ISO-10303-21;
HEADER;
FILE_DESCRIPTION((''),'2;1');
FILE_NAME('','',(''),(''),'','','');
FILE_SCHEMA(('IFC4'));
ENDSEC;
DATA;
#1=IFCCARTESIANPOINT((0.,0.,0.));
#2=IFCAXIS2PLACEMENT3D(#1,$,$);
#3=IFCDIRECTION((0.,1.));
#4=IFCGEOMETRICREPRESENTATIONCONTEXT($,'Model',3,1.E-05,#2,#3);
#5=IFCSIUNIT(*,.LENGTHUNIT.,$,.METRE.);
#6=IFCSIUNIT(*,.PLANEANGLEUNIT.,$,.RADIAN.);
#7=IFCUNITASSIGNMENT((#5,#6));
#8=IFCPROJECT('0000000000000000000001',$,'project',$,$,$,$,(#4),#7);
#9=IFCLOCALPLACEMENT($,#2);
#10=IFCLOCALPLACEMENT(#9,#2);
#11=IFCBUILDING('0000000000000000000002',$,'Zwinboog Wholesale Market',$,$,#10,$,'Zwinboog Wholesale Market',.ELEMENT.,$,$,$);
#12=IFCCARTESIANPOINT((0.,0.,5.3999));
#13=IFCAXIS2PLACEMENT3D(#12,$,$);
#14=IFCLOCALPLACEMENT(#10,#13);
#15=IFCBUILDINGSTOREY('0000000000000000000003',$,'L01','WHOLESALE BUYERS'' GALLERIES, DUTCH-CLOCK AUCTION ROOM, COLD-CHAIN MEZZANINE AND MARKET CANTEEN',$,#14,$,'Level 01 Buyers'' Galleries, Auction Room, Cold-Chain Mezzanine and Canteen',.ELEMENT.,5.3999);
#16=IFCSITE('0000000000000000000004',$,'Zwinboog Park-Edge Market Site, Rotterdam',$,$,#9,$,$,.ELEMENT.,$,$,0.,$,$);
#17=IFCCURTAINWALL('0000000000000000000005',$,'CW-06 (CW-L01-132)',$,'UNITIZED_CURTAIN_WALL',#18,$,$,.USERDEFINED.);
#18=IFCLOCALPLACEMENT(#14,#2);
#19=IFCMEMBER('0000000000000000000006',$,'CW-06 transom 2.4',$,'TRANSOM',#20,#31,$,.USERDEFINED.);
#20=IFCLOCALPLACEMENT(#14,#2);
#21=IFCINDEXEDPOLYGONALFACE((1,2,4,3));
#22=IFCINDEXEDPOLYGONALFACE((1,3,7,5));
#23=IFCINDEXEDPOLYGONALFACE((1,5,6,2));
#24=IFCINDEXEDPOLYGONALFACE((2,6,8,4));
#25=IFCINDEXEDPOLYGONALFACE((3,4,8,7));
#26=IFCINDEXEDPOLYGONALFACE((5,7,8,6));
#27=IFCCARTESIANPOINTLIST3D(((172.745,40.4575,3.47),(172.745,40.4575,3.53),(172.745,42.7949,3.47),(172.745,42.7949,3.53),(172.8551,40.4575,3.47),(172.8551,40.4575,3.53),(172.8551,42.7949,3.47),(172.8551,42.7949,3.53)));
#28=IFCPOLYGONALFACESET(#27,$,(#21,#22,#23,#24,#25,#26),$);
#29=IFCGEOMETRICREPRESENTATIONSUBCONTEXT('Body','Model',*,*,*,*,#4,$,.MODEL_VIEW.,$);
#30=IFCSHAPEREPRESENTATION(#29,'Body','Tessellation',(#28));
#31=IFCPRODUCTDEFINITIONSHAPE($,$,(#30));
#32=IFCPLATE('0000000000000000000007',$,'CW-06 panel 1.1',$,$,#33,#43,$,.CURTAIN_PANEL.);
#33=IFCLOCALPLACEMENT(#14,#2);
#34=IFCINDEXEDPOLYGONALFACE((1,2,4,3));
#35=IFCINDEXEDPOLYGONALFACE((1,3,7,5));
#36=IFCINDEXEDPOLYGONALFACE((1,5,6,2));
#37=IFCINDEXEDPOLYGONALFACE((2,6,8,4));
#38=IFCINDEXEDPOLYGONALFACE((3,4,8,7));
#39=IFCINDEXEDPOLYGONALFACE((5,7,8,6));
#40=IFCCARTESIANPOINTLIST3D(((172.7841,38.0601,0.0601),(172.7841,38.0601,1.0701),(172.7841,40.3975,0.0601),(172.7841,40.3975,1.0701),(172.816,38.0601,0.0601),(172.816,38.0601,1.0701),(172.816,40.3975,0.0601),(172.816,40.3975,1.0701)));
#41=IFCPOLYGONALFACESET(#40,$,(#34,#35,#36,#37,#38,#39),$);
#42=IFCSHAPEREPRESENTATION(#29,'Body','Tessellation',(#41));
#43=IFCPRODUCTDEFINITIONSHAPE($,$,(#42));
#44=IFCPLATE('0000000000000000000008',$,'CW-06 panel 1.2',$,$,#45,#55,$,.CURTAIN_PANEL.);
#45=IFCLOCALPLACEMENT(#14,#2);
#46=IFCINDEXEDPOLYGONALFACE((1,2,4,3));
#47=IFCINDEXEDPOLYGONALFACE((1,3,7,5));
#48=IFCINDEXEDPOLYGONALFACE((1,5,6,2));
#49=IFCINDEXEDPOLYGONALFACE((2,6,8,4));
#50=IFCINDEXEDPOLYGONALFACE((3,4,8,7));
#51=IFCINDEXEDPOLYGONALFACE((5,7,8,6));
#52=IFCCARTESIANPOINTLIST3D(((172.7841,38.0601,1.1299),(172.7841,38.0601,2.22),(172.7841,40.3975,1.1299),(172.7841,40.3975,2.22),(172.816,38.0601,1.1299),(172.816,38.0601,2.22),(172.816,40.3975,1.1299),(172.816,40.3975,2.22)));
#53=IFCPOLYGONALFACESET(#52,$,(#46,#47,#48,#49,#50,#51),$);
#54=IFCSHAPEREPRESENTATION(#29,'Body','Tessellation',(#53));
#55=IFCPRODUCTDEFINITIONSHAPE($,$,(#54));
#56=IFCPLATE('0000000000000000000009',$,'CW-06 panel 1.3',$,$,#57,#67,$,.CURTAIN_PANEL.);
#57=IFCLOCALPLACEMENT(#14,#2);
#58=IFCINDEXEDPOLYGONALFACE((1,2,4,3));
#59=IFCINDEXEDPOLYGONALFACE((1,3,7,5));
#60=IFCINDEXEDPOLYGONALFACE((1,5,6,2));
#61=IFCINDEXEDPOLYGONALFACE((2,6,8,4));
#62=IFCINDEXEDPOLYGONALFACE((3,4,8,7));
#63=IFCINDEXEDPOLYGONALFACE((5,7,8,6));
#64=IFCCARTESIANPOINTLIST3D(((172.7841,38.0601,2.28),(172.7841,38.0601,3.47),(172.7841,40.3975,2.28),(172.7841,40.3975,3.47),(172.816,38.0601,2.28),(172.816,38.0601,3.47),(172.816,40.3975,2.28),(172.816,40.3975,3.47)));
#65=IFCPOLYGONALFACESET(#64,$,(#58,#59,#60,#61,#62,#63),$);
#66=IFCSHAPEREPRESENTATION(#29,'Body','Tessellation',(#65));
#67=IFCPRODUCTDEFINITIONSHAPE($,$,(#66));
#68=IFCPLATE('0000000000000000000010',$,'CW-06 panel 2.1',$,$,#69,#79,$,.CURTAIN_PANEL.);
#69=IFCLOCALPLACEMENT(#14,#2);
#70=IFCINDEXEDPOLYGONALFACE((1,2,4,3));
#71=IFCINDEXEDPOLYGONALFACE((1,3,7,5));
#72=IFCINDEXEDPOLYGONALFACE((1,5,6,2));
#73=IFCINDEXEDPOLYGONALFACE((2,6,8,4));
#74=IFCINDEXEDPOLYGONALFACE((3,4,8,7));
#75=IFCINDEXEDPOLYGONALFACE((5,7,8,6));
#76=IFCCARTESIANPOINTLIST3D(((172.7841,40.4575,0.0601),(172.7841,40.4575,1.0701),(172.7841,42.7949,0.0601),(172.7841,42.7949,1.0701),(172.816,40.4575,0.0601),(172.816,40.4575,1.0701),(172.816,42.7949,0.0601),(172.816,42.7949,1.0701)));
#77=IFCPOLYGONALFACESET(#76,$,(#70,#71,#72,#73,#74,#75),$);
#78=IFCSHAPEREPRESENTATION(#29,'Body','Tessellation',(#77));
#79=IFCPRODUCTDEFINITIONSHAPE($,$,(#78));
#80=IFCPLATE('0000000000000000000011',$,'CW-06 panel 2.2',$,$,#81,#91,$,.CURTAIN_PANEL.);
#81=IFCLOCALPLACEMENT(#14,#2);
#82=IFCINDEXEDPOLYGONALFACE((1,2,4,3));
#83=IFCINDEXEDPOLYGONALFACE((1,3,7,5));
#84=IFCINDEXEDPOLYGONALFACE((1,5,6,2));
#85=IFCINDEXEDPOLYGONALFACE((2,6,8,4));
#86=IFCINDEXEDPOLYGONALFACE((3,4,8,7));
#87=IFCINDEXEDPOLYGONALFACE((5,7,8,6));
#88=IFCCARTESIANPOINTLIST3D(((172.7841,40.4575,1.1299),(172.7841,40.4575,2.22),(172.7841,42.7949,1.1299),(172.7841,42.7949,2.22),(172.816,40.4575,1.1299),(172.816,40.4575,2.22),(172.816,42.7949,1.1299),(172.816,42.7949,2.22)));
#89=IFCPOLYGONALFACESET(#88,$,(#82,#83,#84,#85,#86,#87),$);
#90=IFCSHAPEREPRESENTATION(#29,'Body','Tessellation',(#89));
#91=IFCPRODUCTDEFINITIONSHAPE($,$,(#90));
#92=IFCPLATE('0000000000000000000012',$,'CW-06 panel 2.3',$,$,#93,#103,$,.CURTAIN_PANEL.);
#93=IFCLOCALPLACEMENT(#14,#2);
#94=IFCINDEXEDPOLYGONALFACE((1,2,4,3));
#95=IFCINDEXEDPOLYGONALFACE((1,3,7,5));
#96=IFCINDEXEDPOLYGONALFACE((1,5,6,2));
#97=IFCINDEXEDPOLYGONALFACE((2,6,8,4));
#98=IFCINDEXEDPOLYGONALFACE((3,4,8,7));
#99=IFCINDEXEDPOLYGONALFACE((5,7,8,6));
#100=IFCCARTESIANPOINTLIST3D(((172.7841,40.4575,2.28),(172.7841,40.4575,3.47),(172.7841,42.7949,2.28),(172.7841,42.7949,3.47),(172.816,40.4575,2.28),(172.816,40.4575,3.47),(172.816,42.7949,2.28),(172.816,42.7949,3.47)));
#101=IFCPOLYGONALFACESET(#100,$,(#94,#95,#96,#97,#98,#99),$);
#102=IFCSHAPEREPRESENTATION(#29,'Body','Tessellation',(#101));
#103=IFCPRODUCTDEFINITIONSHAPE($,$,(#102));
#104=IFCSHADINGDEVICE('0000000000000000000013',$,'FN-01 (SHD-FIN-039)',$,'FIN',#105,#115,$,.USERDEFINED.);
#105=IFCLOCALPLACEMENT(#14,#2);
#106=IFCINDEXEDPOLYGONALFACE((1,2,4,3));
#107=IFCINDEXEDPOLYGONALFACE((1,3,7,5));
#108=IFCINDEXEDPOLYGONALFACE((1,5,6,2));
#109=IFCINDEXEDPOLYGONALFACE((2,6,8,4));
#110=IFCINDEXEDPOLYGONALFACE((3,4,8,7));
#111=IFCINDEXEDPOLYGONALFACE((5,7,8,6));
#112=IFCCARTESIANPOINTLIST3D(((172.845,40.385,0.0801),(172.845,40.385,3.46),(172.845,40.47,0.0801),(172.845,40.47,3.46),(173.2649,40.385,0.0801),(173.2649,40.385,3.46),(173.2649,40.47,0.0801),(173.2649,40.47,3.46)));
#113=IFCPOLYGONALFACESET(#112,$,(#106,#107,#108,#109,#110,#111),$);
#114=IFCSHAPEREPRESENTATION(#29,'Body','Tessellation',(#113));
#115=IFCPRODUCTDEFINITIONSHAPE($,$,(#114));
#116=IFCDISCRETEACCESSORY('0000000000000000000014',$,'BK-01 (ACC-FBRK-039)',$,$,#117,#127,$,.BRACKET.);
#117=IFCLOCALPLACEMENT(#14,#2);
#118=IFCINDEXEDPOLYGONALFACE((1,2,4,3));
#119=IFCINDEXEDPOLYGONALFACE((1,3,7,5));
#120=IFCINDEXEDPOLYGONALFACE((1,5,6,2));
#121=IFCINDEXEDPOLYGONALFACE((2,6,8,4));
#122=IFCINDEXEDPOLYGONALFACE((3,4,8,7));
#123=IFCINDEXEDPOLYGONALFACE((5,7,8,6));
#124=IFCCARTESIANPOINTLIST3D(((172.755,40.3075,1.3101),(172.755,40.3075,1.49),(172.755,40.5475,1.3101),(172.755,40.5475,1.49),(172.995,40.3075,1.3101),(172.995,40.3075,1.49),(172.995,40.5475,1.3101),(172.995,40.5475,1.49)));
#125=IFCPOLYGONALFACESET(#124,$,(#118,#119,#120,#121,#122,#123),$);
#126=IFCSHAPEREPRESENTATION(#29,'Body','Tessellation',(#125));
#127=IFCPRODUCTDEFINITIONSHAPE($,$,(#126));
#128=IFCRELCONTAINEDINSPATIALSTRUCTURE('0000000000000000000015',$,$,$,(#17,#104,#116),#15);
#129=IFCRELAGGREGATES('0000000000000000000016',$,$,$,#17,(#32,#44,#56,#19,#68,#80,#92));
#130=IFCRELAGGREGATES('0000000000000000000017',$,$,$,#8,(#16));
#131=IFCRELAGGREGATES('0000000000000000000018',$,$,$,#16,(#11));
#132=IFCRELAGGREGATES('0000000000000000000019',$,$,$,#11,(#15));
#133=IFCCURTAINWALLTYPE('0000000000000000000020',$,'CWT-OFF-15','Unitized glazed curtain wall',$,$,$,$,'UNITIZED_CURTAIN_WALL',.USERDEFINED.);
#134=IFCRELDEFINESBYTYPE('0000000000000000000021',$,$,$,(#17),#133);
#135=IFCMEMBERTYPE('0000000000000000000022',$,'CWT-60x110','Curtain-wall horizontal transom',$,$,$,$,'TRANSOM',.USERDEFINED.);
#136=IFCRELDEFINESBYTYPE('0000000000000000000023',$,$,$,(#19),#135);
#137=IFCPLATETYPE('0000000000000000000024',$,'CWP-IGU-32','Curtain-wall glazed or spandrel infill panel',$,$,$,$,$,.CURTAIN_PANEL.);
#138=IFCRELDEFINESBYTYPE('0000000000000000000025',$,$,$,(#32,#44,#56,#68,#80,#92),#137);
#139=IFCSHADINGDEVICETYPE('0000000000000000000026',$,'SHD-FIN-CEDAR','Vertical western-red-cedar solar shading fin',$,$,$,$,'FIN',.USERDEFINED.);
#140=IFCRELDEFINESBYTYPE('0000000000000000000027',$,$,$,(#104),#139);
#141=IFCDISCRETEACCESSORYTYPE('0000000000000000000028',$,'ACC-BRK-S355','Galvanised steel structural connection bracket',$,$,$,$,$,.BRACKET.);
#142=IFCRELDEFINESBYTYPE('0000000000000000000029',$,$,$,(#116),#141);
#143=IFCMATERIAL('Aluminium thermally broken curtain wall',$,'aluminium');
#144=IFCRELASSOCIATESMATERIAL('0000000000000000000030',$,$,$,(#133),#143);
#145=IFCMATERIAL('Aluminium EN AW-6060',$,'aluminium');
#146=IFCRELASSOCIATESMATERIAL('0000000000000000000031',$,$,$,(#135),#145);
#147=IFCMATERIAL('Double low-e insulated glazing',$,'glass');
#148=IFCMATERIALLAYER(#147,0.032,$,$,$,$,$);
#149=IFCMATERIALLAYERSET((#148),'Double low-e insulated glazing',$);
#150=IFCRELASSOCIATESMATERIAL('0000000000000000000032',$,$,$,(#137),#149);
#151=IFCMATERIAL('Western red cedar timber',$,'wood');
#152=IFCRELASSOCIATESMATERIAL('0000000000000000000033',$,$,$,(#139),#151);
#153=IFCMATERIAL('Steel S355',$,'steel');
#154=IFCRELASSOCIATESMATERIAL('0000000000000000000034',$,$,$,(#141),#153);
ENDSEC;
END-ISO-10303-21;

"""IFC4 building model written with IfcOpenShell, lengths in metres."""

from ifc_helpers import new_model, si_unit, direction, frame, origin, origin_2d, place, context, subcontext, project, spatial, rectangle, extrude, material, layer, layer_set, material_profile, profile_set, type_object, element, aggregate, save


model = new_model("IFC4")

# Units and contexts
model_context = context("Model", 3, precision=1e-05, world=origin(), true_north=direction((0.0, 1.0)))
body_context = subcontext(model_context, "Body", "Model", "MODEL_VIEW")
ifc_project = project(units=[si_unit("LENGTHUNIT", "METRE"), si_unit("PLANEANGLEUNIT", "RADIAN")], contexts=[model_context])

# Site, building, storey
site_placement = place(None, origin())
site = spatial("IfcSite", under=ifc_project, at=site_placement, Name="Zwinboog Park-Edge Market Site, Rotterdam", CompositionType="ELEMENT", RefElevation=0.0)
building_placement = place(site_placement, origin())
building = spatial("IfcBuilding", under=site, at=building_placement, Name="Zwinboog Wholesale Market", LongName="Zwinboog Wholesale Market", CompositionType="ELEMENT")
storey_placement = place(building_placement, frame((0.0, 0.0, 5.3999)))
storey = spatial("IfcBuildingStorey", under=building, at=storey_placement, Name="L01", Description="WHOLESALE BUYERS' GALLERIES, DUTCH-CLOCK AUCTION ROOM, COLD-CHAIN MEZZANINE AND MARKET CANTEEN", LongName="Level 01 Buyers' Galleries, Auction Room, Cold-Chain Mezzanine and Canteen", CompositionType="ELEMENT", Elevation=5.3999)

# Shared definitions
ifc_material_1 = material(Name="Steel S355", Category="steel")

# Shared definitions
ifc_material_2 = material(Name="Aluminium thermally broken curtain wall", Category="aluminium")
ifc_material_3 = material(Name="Aluminium EN AW-6060", Category="aluminium")

# Curtain wall, member, plates
curtain_wall_type_1 = type_object("IfcCurtainWallType", Name="CWT-OFF-15", Description="Unitized glazed curtain wall", ElementType="UNITIZED_CURTAIN_WALL", PredefinedType="USERDEFINED", material=ifc_material_2)
curtain_wall_1_placement = place(storey_placement, origin())
curtain_wall_1 = element("IfcCurtainWall", 1, at=curtain_wall_1_placement, inside=storey, type_object=curtain_wall_type_1, Name="CW-06 (CW-L01-132)", ObjectType="UNITIZED_CURTAIN_WALL", PredefinedType="USERDEFINED")
ifc_material_profile_1 = material_profile(ifc_material_3, rectangle(XDim=0.1101, YDim=0.0601, at=origin_2d()), Name="AL 60x110")
ifc_profile_set_1 = profile_set([ifc_material_profile_1], Name="Aluminium EN AW-6060")
member_type_1 = type_object("IfcMemberType", Name="CWT-60x110", Description="Curtain-wall horizontal transom", ElementType="TRANSOM", PredefinedType="USERDEFINED", material=ifc_profile_set_1)
member_1_placement = place(storey_placement, frame((172.8, 40.4575, 3.5), z_axis=(0.0, 1.0, 0.0), x_axis=(-1.0, 0.0, 0.0)))
member_1 = element("IfcMember", 2, at=member_1_placement, type_object=member_type_1, Name="CW-06 transom 2.4", ObjectType="TRANSOM", PredefinedType="USERDEFINED", context=body_context, shape_type="SweptSolid", body=[
    extrude(rectangle(XDim=0.1101, YDim=0.0601, at=origin_2d()), origin(), (0.0, 0.0, 1.0), 2.3374),
])
ifc_material_4 = material(Name="Double low-e insulated glazing", Category="glass")
ifc_layer = layer(ifc_material_4, 0.032)
ifc_layer_set = layer_set([ifc_layer], Name="Double low-e insulated glazing")
plate_type = type_object("IfcPlateType", Name="CWP-IGU-32", Description="Curtain-wall glazed or spandrel infill panel", PredefinedType="CURTAIN_PANEL", material=ifc_layer_set)
plate_1_placement = place(storey_placement, frame((172.8, 39.2288, 0.0601), z_axis=(0.0, 0.0, 1.0), x_axis=(0.0, 1.0, 0.0)))
plate_1 = element("IfcPlate", 3, at=plate_1_placement, type_object=plate_type, Name="CW-06 panel 1.1", PredefinedType="CURTAIN_PANEL", context=body_context, shape_type="SweptSolid", body=[
    extrude(rectangle(XDim=2.3374, YDim=0.032, at=origin_2d()), origin(), (0.0, 0.0, 1.0), 1.01),
])
plate_2_placement = place(storey_placement, frame((172.8, 39.2288, 1.1299), z_axis=(0.0, 0.0, 1.0), x_axis=(0.0, 1.0, 0.0)))
plate_2 = element("IfcPlate", 4, at=plate_2_placement, type_object=plate_type, Name="CW-06 panel 1.2", PredefinedType="CURTAIN_PANEL", context=body_context, shape_type="SweptSolid", body=[
    extrude(rectangle(XDim=2.3374, YDim=0.032, at=origin_2d()), origin(), (0.0, 0.0, 1.0), 1.0901),
])
plate_3_placement = place(storey_placement, frame((172.8, 39.2288, 2.28), z_axis=(0.0, 0.0, 1.0), x_axis=(0.0, 1.0, 0.0)))
plate_3 = element("IfcPlate", 5, at=plate_3_placement, type_object=plate_type, Name="CW-06 panel 1.3", PredefinedType="CURTAIN_PANEL", context=body_context, shape_type="SweptSolid", body=[
    extrude(rectangle(XDim=2.3374, YDim=0.032, at=origin_2d()), origin(), (0.0, 0.0, 1.0), 1.1899),
])
plate_4_placement = place(storey_placement, frame((172.8, 41.6262, 0.0601), z_axis=(0.0, 0.0, 1.0), x_axis=(0.0, 1.0, 0.0)))
plate_4 = element("IfcPlate", 6, at=plate_4_placement, type_object=plate_type, Name="CW-06 panel 2.1", PredefinedType="CURTAIN_PANEL", context=body_context, shape_type="SweptSolid", body=[
    extrude(rectangle(XDim=2.3374, YDim=0.032, at=origin_2d()), origin(), (0.0, 0.0, 1.0), 1.01),
])
plate_5_placement = place(storey_placement, frame((172.8, 41.6262, 1.1299), z_axis=(0.0, 0.0, 1.0), x_axis=(0.0, 1.0, 0.0)))
plate_5 = element("IfcPlate", 7, at=plate_5_placement, type_object=plate_type, Name="CW-06 panel 2.2", PredefinedType="CURTAIN_PANEL", context=body_context, shape_type="SweptSolid", body=[
    extrude(rectangle(XDim=2.3374, YDim=0.032, at=origin_2d()), origin(), (0.0, 0.0, 1.0), 1.0901),
])
plate_6_placement = place(storey_placement, frame((172.8, 41.6262, 2.28), z_axis=(0.0, 0.0, 1.0), x_axis=(0.0, 1.0, 0.0)))
plate_6 = element("IfcPlate", 8, at=plate_6_placement, type_object=plate_type, Name="CW-06 panel 2.3", PredefinedType="CURTAIN_PANEL", context=body_context, shape_type="SweptSolid", body=[
    extrude(rectangle(XDim=2.3374, YDim=0.032, at=origin_2d()), origin(), (0.0, 0.0, 1.0), 1.1899),
])
aggregate(curtain_wall_1, [plate_1, plate_2, plate_3, member_1, plate_4, plate_5, plate_6])

# Shading device
ifc_material_5 = material(Name="Western red cedar timber", Category="wood")
shading_device_type = type_object("IfcShadingDeviceType", Name="SHD-FIN-CEDAR", Description="Vertical western-red-cedar solar shading fin", ElementType="FIN", PredefinedType="USERDEFINED", material=ifc_material_5)
shading_device_placement = place(storey_placement, frame((173.0549, 40.4275, 0.0801), z_axis=(0.0, 0.0, 1.0), x_axis=(1.0, 0.0, 0.0)))
element("IfcShadingDevice", 9, at=shading_device_placement, inside=storey, type_object=shading_device_type, Name="FN-01 (SHD-FIN-039)", ObjectType="FIN", PredefinedType="USERDEFINED", context=body_context, shape_type="SweptSolid", body=[
    extrude(rectangle(XDim=0.4199, YDim=0.085, at=origin_2d()), origin(), (0.0, 0.0, 1.0), 3.3799),
])

# Discrete accessory
discrete_accessory_type = type_object("IfcDiscreteAccessoryType", Name="ACC-BRK-S355", Description="Galvanised steel structural connection bracket", PredefinedType="BRACKET", material=ifc_material_1)
discrete_accessory_placement = place(storey_placement, frame((172.875, 40.4275, 1.3101), z_axis=(0.0, 0.0, 1.0), x_axis=(1.0, 0.0, 0.0)))
element("IfcDiscreteAccessory", 10, at=discrete_accessory_placement, inside=storey, type_object=discrete_accessory_type, Name="BK-01 (ACC-FBRK-039)", PredefinedType="BRACKET", context=body_context, shape_type="SweptSolid", body=[
    extrude(rectangle(XDim=0.24, YDim=0.24, at=origin_2d()), origin(), (0.0, 0.0, 1.0), 0.1799),
])

save(model, "model.ifc")
